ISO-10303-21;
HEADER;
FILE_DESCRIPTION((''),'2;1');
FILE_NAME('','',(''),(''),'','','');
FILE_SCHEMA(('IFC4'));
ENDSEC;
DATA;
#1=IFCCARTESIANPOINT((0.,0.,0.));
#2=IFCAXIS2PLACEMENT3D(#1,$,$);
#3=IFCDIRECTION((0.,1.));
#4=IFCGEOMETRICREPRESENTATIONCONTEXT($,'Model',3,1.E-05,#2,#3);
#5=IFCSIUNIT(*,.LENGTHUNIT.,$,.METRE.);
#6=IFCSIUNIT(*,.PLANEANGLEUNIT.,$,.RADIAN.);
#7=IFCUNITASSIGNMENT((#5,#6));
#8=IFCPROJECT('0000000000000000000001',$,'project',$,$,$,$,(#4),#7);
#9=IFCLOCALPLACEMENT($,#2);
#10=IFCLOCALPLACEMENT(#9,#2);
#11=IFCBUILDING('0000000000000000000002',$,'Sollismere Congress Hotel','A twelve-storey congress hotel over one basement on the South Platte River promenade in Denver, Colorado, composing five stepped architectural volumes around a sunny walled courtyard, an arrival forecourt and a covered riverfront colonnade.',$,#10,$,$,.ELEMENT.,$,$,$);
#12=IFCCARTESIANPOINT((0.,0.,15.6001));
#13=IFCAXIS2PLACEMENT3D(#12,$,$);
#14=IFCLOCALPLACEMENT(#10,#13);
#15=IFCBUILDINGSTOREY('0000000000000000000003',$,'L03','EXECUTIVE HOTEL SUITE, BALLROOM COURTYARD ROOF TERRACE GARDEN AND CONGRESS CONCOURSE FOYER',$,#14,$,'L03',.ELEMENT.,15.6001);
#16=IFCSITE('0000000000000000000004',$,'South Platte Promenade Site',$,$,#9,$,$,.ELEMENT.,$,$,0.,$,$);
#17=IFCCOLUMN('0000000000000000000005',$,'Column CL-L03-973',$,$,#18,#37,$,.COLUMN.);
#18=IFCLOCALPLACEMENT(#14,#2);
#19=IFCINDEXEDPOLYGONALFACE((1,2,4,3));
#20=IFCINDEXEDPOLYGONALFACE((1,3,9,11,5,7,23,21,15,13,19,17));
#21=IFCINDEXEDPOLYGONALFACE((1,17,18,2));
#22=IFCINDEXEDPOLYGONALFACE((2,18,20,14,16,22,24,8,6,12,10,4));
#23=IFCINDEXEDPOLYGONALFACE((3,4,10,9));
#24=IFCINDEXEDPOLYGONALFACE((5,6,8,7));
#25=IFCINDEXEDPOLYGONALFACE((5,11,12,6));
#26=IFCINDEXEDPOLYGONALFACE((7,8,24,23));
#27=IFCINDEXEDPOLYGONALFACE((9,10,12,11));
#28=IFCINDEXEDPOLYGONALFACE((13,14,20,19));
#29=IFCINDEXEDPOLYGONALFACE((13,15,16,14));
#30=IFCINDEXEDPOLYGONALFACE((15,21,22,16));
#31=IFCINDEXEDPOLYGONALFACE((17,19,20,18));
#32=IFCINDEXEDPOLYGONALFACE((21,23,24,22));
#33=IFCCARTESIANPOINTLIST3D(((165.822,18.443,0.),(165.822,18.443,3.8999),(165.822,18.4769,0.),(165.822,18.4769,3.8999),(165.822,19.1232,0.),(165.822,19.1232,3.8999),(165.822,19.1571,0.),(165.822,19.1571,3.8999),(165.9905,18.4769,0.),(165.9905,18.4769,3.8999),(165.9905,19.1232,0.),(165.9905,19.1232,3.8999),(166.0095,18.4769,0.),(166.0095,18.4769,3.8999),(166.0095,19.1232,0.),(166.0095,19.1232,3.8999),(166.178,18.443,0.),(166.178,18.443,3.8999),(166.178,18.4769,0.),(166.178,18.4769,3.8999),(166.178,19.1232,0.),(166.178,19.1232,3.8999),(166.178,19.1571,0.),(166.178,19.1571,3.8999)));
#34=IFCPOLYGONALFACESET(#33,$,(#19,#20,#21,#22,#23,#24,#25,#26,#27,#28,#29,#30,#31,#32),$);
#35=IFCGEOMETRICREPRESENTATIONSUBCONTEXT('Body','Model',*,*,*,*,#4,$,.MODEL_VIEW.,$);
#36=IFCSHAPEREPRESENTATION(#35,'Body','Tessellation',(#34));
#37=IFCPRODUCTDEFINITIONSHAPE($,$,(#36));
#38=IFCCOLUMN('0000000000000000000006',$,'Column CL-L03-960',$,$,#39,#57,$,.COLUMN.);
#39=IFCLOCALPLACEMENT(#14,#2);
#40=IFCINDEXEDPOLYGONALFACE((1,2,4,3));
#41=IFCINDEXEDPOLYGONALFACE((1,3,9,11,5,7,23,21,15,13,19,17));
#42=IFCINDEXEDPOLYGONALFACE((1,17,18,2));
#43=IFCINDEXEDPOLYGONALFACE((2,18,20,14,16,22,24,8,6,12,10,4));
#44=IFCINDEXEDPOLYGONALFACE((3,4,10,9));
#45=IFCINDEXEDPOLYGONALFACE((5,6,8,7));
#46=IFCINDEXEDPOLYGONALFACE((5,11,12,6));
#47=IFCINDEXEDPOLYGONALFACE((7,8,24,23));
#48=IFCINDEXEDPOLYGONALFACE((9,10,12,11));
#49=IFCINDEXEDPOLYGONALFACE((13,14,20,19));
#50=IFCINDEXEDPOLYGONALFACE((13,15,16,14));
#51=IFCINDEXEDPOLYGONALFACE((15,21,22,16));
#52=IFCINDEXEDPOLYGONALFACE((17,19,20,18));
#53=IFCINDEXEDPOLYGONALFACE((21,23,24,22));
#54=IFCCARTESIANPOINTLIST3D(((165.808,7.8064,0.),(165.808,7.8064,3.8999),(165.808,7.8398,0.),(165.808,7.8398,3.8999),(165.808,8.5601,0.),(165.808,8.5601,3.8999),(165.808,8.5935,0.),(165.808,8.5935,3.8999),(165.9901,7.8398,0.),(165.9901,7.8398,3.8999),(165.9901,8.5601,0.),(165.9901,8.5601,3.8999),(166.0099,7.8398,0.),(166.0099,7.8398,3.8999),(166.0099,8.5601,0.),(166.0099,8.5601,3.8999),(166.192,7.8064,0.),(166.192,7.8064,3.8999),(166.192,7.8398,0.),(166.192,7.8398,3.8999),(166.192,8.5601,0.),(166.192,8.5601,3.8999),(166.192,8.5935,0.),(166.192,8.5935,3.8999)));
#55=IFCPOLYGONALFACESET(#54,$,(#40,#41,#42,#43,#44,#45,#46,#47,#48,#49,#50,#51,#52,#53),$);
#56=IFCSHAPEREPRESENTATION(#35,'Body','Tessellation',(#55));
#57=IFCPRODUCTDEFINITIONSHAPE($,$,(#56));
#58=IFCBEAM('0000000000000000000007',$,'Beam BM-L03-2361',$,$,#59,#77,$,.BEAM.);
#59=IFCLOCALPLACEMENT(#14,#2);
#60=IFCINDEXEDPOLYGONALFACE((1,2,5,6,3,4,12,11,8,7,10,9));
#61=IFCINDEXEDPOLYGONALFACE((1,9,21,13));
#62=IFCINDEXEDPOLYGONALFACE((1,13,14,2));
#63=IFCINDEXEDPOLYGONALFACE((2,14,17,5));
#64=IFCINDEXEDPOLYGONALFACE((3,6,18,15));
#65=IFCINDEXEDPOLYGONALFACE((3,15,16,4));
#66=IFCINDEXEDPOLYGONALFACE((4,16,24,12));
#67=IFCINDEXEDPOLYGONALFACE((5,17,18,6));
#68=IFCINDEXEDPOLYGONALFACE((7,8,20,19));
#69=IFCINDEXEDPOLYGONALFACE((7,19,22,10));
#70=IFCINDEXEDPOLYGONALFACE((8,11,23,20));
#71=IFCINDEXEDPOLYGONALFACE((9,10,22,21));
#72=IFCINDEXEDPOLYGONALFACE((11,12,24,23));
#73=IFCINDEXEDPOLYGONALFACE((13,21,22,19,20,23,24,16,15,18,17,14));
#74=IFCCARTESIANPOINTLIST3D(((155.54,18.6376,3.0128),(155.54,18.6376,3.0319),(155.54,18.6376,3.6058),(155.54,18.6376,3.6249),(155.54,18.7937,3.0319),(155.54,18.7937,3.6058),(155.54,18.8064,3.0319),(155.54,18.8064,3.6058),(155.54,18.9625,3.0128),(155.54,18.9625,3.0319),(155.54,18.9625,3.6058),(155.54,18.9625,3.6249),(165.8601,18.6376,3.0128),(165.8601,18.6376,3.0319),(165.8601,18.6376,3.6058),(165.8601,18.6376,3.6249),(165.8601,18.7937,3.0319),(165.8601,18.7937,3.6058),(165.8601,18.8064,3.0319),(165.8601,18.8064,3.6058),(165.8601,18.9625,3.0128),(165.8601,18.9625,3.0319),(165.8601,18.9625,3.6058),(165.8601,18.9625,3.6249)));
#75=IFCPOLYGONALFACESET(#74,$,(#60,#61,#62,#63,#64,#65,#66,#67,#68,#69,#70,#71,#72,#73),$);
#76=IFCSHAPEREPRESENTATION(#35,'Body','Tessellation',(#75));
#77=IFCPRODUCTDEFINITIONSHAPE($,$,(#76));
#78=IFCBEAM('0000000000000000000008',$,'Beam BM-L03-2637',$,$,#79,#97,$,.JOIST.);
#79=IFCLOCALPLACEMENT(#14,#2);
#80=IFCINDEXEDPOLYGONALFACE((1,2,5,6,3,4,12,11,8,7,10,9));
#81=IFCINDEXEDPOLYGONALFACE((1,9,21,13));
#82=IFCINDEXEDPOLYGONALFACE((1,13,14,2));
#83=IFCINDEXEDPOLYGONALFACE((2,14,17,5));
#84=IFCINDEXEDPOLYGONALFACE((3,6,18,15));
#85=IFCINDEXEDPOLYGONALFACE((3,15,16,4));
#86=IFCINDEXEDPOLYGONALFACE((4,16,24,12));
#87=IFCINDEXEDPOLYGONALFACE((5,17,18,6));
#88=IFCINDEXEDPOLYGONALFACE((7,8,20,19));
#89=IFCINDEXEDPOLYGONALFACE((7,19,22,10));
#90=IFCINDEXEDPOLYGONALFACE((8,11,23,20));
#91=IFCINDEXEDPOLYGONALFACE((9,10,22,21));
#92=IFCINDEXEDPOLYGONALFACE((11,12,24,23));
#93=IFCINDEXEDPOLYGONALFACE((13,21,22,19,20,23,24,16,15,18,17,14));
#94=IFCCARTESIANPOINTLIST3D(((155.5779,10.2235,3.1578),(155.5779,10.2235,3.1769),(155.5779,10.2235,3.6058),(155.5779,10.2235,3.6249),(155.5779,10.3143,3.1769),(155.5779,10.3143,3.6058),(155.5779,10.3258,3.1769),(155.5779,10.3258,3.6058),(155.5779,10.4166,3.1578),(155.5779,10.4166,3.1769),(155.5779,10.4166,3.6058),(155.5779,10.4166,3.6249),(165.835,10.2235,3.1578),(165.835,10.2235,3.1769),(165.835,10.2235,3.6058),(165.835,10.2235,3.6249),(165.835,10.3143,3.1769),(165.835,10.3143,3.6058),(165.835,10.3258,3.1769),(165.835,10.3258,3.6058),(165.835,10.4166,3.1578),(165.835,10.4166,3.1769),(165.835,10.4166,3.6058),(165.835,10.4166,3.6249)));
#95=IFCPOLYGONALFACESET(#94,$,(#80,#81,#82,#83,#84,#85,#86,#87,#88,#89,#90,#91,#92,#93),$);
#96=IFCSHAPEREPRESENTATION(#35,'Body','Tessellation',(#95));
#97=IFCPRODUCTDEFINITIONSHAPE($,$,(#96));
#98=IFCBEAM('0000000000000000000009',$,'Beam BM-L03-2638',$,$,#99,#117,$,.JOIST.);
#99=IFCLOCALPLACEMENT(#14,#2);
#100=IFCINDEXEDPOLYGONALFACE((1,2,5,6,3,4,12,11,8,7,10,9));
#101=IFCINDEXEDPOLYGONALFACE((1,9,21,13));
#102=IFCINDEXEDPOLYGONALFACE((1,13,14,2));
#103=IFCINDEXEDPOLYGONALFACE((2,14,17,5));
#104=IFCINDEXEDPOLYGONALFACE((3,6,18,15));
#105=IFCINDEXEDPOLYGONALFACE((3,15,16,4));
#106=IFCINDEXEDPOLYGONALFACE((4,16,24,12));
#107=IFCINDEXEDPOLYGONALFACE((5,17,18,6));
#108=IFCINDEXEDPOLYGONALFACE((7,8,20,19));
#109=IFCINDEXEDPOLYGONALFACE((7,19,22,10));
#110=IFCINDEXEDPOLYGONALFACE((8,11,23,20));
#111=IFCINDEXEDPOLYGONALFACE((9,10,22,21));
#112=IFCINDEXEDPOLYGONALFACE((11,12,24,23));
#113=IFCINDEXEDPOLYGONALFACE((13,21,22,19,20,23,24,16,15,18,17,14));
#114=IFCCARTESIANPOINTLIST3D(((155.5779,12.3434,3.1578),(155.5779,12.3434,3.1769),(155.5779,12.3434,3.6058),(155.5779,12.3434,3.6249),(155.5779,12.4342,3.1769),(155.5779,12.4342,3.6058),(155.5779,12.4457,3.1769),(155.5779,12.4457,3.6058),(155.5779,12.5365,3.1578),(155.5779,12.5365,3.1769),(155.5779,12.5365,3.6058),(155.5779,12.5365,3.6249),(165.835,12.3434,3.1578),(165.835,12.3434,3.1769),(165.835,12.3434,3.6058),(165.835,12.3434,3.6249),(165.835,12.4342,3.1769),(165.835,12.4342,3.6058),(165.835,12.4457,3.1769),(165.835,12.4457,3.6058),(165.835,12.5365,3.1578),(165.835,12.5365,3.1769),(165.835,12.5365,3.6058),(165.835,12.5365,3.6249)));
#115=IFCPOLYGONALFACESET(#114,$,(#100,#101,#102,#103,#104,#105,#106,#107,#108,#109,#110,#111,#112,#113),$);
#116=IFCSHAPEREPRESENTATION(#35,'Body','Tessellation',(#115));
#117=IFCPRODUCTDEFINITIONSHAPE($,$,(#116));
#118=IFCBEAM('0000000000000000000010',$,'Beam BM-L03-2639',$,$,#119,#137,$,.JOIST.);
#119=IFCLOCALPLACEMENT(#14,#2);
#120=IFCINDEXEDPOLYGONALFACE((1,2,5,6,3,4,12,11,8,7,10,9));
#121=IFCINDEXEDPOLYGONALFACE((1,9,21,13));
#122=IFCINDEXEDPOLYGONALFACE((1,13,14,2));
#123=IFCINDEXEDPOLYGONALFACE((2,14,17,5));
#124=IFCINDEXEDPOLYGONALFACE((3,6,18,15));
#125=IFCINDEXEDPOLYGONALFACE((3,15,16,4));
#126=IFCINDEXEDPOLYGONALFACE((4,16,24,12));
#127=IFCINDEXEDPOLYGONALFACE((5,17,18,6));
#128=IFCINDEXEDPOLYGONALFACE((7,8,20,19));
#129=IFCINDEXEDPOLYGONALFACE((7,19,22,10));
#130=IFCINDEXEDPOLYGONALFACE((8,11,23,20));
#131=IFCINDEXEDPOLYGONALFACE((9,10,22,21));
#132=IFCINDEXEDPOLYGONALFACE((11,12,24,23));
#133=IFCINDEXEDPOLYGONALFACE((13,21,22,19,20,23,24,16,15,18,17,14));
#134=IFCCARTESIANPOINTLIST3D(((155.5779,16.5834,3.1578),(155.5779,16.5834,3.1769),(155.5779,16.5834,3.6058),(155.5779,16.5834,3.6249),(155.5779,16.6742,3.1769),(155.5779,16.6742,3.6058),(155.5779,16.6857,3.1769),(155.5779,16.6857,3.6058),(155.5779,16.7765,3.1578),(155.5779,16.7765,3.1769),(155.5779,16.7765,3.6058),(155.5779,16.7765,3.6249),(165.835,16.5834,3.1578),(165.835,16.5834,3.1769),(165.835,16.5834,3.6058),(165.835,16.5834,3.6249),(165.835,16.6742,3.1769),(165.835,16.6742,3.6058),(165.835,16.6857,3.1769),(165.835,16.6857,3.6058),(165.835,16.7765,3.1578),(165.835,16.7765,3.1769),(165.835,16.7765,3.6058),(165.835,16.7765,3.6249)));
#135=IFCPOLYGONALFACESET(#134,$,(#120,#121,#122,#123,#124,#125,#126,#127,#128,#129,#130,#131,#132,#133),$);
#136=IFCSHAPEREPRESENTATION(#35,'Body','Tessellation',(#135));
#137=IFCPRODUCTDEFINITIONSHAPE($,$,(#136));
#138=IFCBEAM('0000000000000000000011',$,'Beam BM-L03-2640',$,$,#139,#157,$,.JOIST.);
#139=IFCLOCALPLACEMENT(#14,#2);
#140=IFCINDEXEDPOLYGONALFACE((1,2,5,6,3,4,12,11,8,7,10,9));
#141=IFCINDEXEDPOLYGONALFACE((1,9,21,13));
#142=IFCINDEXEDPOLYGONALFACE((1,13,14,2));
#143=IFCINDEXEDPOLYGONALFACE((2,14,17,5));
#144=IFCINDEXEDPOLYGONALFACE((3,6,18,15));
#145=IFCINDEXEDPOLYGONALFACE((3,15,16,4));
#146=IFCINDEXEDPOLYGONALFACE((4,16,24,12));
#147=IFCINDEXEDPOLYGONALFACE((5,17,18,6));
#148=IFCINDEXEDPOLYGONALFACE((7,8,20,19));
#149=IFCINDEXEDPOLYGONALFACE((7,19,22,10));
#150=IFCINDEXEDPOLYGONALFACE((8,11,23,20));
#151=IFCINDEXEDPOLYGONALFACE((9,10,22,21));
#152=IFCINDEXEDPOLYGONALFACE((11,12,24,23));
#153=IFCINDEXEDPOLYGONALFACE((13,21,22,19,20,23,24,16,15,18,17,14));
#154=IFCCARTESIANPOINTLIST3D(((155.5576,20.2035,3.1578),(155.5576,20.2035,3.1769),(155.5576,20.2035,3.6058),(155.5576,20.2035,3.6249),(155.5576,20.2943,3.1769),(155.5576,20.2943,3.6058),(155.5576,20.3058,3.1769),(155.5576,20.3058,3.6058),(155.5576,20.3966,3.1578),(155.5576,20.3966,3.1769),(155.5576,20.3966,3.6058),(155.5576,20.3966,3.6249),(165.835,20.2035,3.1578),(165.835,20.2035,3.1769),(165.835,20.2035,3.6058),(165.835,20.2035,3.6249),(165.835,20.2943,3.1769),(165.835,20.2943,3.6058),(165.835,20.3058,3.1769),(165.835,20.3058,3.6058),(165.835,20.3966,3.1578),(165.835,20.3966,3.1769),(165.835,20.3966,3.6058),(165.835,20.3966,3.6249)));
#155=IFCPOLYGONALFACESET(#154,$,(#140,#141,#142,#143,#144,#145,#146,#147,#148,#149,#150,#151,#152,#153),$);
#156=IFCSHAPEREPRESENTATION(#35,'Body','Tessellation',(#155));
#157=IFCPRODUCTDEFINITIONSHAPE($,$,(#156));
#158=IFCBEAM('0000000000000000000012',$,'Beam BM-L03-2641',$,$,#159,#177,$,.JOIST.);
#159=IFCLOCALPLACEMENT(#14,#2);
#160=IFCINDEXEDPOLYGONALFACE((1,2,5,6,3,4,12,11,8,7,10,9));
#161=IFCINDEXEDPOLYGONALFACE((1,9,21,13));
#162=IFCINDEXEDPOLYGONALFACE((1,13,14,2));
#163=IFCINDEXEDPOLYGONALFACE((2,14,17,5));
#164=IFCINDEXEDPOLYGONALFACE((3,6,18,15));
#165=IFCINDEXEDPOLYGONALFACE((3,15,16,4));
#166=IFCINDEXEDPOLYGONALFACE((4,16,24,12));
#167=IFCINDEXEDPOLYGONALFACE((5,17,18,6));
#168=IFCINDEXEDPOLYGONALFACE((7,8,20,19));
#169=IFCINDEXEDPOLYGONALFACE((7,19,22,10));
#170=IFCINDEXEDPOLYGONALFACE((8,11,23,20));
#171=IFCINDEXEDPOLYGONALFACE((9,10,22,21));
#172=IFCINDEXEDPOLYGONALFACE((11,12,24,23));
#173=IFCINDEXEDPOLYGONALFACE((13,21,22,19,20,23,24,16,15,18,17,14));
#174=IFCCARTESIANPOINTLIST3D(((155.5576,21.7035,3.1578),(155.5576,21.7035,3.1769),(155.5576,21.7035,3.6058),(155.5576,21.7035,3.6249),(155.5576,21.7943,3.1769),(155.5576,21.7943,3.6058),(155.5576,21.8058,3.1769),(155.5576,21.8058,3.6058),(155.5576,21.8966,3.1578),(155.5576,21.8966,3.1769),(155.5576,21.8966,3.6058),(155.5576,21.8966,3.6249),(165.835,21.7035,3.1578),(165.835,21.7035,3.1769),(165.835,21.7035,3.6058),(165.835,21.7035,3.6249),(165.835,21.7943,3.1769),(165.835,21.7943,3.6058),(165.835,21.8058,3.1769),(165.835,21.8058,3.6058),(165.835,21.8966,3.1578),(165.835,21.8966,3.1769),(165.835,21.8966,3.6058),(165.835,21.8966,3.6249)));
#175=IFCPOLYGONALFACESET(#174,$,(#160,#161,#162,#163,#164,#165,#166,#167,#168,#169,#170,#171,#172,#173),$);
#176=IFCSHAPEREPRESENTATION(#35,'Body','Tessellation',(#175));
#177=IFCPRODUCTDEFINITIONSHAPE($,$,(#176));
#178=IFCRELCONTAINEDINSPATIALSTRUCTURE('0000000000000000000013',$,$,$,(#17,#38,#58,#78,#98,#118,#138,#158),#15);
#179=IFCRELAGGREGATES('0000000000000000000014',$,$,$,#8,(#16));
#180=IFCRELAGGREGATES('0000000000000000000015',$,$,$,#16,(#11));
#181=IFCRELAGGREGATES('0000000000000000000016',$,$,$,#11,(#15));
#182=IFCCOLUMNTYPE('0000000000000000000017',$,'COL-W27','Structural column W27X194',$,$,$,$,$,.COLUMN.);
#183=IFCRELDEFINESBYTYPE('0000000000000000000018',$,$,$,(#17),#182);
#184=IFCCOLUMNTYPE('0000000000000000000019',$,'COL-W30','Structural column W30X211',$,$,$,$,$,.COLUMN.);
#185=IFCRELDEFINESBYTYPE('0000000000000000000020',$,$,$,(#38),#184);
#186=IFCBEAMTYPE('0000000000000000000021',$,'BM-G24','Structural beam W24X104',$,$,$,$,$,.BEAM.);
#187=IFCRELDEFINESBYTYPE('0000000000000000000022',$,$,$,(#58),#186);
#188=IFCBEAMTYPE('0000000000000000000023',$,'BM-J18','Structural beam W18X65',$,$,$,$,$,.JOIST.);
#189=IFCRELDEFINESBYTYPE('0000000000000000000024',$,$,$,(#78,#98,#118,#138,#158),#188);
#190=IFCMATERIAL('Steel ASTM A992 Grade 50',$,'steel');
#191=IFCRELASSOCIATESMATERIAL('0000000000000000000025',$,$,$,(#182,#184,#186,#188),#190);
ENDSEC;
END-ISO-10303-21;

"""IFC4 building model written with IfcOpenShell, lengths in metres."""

from ifc_helpers import new_model, si_unit, direction, frame, origin, origin_2d, place, context, subcontext, project, spatial, i_section, extrude, material, material_profile, profile_set, type_object, element, save


model = new_model("IFC4")

# Units and contexts
model_context = context("Model", 3, precision=1e-05, world=origin(), true_north=direction((0.0, 1.0)))
body_context = subcontext(model_context, "Body", "Model", "MODEL_VIEW")
ifc_project = project(units=[si_unit("LENGTHUNIT", "METRE"), si_unit("PLANEANGLEUNIT", "RADIAN")], contexts=[model_context])

# Site, building, storey
site_placement = place(None, origin())
site = spatial("IfcSite", under=ifc_project, at=site_placement, Name="South Platte Promenade Site", CompositionType="ELEMENT", RefElevation=0.0)
building_placement = place(site_placement, origin())
building = spatial("IfcBuilding", under=site, at=building_placement, Name="Sollismere Congress Hotel", Description="A twelve-storey congress hotel over one basement on the South Platte River promenade in Denver, Colorado, composing five stepped architectural volumes around a sunny walled courtyard, an arrival forecourt and a covered riverfront colonnade.", CompositionType="ELEMENT")
storey_placement = place(building_placement, frame((0.0, 0.0, 15.6001)))
storey = spatial("IfcBuildingStorey", under=building, at=storey_placement, Name="L03", Description="EXECUTIVE HOTEL SUITE, BALLROOM COURTYARD ROOF TERRACE GARDEN AND CONGRESS CONCOURSE FOYER", LongName="L03", CompositionType="ELEMENT", Elevation=15.6001)

# Columns
ifc_material_1 = material(Name="Steel ASTM A992 Grade 50", Category="steel")
ifc_material_profile_1 = material_profile(ifc_material_1, i_section(OverallWidth=0.356, OverallDepth=0.7141, WebThickness=0.019, FlangeThickness=0.0339, at=origin_2d()), Name="W27X194")
ifc_profile_set_1 = profile_set([ifc_material_profile_1], Name="Steel ASTM A992 Grade 50")
column_type_1 = type_object("IfcColumnType", Name="COL-W27", Description="Structural column W27X194", PredefinedType="COLUMN", material=ifc_profile_set_1)
column_1_placement = place(storey_placement, frame((166.0, 18.8, 0.0), z_axis=(0.0, 0.0, 1.0), x_axis=(1.0, 0.0, 0.0)))
element("IfcColumn", 1, at=column_1_placement, inside=storey, type_object=column_type_1, Name="Column CL-L03-973", PredefinedType="COLUMN", context=body_context, shape_type="SweptSolid", body=[
    extrude(i_section(OverallWidth=0.356, OverallDepth=0.7141, WebThickness=0.019, FlangeThickness=0.0339, at=origin_2d()), origin(), (0.0, 0.0, 1.0), 3.8999),
])
ifc_material_profile_2 = material_profile(ifc_material_1, i_section(OverallWidth=0.384, OverallDepth=0.7871, WebThickness=0.0198, FlangeThickness=0.0334, at=origin_2d()), Name="W30X211")
ifc_profile_set_2 = profile_set([ifc_material_profile_2], Name="Steel ASTM A992 Grade 50")
column_type_2 = type_object("IfcColumnType", Name="COL-W30", Description="Structural column W30X211", PredefinedType="COLUMN", material=ifc_profile_set_2)
column_2_placement = place(storey_placement, frame((166.0, 8.2, 0.0), z_axis=(0.0, 0.0, 1.0), x_axis=(1.0, 0.0, 0.0)))
element("IfcColumn", 2, at=column_2_placement, inside=storey, type_object=column_type_2, Name="Column CL-L03-960", PredefinedType="COLUMN", context=body_context, shape_type="SweptSolid", body=[
    extrude(i_section(OverallWidth=0.384, OverallDepth=0.7871, WebThickness=0.0198, FlangeThickness=0.0334, at=origin_2d()), origin(), (0.0, 0.0, 1.0), 3.8999),
])

# Beams
ifc_material_profile_3 = material_profile(ifc_material_1, i_section(OverallWidth=0.325, OverallDepth=0.6121, WebThickness=0.0127, FlangeThickness=0.019, at=origin_2d()), Name="W24X104")
ifc_profile_set_3 = profile_set([ifc_material_profile_3], Name="Steel ASTM A992 Grade 50")
beam_type_1 = type_object("IfcBeamType", Name="BM-G24", Description="Structural beam W24X104", PredefinedType="BEAM", material=ifc_profile_set_3)
beam_1_placement = place(storey_placement, frame((155.54, 18.8, 3.3188), z_axis=(1.0, 0.0, 0.0), x_axis=(0.0, 1.0, 0.0)))
element("IfcBeam", 3, at=beam_1_placement, inside=storey, type_object=beam_type_1, Name="Beam BM-L03-2361", PredefinedType="BEAM", context=body_context, shape_type="SweptSolid", body=[
    extrude(i_section(OverallWidth=0.325, OverallDepth=0.6121, WebThickness=0.0127, FlangeThickness=0.019, at=origin_2d()), origin(), (0.0, 0.0, 1.0), 10.3201),
])
ifc_material_profile_4 = material_profile(ifc_material_1, i_section(OverallWidth=0.1931, OverallDepth=0.467, WebThickness=0.0115, FlangeThickness=0.019, at=origin_2d()), Name="W18X65")
ifc_profile_set_4 = profile_set([ifc_material_profile_4], Name="Steel ASTM A992 Grade 50")
beam_type_2 = type_object("IfcBeamType", Name="BM-J18", Description="Structural beam W18X65", PredefinedType="JOIST", material=ifc_profile_set_4)
for number, where, z_axis, x_axis, name in (
    (4, (155.5779, 10.3201, 3.3914), (1.0, 0.0, 0.0), (0.0, 1.0, 0.0), "Beam BM-L03-2637"),
    (5, (155.5779, 12.4399, 3.3914), (1.0, 0.0, 0.0), (0.0, 1.0, 0.0), "Beam BM-L03-2638"),
    (6, (155.5779, 16.6799, 3.3914), (1.0, 0.0, 0.0), (0.0, 1.0, 0.0), "Beam BM-L03-2639"),
):
    element("IfcBeam", number, at=place(storey_placement, frame(where, z_axis=z_axis, x_axis=x_axis)), inside=storey, type_object=beam_type_2, Name=name, PredefinedType="JOIST", context=body_context, shape_type="SweptSolid", body=[
        extrude(i_section(OverallWidth=0.1931, OverallDepth=0.467, WebThickness=0.0115, FlangeThickness=0.019, at=origin_2d()), origin(), (0.0, 0.0, 1.0), 10.2571),
    ])
for number, where, z_axis, x_axis, name in (
    (7, (155.5576, 20.3, 3.3914), (1.0, 0.0, 0.0), (0.0, 1.0, 0.0), "Beam BM-L03-2640"),
    (8, (155.5576, 21.8, 3.3914), (1.0, 0.0, 0.0), (0.0, 1.0, 0.0), "Beam BM-L03-2641"),
):
    element("IfcBeam", number, at=place(storey_placement, frame(where, z_axis=z_axis, x_axis=x_axis)), inside=storey, type_object=beam_type_2, Name=name, PredefinedType="JOIST", context=body_context, shape_type="SweptSolid", body=[
        extrude(i_section(OverallWidth=0.1931, OverallDepth=0.467, WebThickness=0.0115, FlangeThickness=0.019, at=origin_2d()), origin(), (0.0, 0.0, 1.0), 10.2773),
    ])

save(model, "model.ifc")
